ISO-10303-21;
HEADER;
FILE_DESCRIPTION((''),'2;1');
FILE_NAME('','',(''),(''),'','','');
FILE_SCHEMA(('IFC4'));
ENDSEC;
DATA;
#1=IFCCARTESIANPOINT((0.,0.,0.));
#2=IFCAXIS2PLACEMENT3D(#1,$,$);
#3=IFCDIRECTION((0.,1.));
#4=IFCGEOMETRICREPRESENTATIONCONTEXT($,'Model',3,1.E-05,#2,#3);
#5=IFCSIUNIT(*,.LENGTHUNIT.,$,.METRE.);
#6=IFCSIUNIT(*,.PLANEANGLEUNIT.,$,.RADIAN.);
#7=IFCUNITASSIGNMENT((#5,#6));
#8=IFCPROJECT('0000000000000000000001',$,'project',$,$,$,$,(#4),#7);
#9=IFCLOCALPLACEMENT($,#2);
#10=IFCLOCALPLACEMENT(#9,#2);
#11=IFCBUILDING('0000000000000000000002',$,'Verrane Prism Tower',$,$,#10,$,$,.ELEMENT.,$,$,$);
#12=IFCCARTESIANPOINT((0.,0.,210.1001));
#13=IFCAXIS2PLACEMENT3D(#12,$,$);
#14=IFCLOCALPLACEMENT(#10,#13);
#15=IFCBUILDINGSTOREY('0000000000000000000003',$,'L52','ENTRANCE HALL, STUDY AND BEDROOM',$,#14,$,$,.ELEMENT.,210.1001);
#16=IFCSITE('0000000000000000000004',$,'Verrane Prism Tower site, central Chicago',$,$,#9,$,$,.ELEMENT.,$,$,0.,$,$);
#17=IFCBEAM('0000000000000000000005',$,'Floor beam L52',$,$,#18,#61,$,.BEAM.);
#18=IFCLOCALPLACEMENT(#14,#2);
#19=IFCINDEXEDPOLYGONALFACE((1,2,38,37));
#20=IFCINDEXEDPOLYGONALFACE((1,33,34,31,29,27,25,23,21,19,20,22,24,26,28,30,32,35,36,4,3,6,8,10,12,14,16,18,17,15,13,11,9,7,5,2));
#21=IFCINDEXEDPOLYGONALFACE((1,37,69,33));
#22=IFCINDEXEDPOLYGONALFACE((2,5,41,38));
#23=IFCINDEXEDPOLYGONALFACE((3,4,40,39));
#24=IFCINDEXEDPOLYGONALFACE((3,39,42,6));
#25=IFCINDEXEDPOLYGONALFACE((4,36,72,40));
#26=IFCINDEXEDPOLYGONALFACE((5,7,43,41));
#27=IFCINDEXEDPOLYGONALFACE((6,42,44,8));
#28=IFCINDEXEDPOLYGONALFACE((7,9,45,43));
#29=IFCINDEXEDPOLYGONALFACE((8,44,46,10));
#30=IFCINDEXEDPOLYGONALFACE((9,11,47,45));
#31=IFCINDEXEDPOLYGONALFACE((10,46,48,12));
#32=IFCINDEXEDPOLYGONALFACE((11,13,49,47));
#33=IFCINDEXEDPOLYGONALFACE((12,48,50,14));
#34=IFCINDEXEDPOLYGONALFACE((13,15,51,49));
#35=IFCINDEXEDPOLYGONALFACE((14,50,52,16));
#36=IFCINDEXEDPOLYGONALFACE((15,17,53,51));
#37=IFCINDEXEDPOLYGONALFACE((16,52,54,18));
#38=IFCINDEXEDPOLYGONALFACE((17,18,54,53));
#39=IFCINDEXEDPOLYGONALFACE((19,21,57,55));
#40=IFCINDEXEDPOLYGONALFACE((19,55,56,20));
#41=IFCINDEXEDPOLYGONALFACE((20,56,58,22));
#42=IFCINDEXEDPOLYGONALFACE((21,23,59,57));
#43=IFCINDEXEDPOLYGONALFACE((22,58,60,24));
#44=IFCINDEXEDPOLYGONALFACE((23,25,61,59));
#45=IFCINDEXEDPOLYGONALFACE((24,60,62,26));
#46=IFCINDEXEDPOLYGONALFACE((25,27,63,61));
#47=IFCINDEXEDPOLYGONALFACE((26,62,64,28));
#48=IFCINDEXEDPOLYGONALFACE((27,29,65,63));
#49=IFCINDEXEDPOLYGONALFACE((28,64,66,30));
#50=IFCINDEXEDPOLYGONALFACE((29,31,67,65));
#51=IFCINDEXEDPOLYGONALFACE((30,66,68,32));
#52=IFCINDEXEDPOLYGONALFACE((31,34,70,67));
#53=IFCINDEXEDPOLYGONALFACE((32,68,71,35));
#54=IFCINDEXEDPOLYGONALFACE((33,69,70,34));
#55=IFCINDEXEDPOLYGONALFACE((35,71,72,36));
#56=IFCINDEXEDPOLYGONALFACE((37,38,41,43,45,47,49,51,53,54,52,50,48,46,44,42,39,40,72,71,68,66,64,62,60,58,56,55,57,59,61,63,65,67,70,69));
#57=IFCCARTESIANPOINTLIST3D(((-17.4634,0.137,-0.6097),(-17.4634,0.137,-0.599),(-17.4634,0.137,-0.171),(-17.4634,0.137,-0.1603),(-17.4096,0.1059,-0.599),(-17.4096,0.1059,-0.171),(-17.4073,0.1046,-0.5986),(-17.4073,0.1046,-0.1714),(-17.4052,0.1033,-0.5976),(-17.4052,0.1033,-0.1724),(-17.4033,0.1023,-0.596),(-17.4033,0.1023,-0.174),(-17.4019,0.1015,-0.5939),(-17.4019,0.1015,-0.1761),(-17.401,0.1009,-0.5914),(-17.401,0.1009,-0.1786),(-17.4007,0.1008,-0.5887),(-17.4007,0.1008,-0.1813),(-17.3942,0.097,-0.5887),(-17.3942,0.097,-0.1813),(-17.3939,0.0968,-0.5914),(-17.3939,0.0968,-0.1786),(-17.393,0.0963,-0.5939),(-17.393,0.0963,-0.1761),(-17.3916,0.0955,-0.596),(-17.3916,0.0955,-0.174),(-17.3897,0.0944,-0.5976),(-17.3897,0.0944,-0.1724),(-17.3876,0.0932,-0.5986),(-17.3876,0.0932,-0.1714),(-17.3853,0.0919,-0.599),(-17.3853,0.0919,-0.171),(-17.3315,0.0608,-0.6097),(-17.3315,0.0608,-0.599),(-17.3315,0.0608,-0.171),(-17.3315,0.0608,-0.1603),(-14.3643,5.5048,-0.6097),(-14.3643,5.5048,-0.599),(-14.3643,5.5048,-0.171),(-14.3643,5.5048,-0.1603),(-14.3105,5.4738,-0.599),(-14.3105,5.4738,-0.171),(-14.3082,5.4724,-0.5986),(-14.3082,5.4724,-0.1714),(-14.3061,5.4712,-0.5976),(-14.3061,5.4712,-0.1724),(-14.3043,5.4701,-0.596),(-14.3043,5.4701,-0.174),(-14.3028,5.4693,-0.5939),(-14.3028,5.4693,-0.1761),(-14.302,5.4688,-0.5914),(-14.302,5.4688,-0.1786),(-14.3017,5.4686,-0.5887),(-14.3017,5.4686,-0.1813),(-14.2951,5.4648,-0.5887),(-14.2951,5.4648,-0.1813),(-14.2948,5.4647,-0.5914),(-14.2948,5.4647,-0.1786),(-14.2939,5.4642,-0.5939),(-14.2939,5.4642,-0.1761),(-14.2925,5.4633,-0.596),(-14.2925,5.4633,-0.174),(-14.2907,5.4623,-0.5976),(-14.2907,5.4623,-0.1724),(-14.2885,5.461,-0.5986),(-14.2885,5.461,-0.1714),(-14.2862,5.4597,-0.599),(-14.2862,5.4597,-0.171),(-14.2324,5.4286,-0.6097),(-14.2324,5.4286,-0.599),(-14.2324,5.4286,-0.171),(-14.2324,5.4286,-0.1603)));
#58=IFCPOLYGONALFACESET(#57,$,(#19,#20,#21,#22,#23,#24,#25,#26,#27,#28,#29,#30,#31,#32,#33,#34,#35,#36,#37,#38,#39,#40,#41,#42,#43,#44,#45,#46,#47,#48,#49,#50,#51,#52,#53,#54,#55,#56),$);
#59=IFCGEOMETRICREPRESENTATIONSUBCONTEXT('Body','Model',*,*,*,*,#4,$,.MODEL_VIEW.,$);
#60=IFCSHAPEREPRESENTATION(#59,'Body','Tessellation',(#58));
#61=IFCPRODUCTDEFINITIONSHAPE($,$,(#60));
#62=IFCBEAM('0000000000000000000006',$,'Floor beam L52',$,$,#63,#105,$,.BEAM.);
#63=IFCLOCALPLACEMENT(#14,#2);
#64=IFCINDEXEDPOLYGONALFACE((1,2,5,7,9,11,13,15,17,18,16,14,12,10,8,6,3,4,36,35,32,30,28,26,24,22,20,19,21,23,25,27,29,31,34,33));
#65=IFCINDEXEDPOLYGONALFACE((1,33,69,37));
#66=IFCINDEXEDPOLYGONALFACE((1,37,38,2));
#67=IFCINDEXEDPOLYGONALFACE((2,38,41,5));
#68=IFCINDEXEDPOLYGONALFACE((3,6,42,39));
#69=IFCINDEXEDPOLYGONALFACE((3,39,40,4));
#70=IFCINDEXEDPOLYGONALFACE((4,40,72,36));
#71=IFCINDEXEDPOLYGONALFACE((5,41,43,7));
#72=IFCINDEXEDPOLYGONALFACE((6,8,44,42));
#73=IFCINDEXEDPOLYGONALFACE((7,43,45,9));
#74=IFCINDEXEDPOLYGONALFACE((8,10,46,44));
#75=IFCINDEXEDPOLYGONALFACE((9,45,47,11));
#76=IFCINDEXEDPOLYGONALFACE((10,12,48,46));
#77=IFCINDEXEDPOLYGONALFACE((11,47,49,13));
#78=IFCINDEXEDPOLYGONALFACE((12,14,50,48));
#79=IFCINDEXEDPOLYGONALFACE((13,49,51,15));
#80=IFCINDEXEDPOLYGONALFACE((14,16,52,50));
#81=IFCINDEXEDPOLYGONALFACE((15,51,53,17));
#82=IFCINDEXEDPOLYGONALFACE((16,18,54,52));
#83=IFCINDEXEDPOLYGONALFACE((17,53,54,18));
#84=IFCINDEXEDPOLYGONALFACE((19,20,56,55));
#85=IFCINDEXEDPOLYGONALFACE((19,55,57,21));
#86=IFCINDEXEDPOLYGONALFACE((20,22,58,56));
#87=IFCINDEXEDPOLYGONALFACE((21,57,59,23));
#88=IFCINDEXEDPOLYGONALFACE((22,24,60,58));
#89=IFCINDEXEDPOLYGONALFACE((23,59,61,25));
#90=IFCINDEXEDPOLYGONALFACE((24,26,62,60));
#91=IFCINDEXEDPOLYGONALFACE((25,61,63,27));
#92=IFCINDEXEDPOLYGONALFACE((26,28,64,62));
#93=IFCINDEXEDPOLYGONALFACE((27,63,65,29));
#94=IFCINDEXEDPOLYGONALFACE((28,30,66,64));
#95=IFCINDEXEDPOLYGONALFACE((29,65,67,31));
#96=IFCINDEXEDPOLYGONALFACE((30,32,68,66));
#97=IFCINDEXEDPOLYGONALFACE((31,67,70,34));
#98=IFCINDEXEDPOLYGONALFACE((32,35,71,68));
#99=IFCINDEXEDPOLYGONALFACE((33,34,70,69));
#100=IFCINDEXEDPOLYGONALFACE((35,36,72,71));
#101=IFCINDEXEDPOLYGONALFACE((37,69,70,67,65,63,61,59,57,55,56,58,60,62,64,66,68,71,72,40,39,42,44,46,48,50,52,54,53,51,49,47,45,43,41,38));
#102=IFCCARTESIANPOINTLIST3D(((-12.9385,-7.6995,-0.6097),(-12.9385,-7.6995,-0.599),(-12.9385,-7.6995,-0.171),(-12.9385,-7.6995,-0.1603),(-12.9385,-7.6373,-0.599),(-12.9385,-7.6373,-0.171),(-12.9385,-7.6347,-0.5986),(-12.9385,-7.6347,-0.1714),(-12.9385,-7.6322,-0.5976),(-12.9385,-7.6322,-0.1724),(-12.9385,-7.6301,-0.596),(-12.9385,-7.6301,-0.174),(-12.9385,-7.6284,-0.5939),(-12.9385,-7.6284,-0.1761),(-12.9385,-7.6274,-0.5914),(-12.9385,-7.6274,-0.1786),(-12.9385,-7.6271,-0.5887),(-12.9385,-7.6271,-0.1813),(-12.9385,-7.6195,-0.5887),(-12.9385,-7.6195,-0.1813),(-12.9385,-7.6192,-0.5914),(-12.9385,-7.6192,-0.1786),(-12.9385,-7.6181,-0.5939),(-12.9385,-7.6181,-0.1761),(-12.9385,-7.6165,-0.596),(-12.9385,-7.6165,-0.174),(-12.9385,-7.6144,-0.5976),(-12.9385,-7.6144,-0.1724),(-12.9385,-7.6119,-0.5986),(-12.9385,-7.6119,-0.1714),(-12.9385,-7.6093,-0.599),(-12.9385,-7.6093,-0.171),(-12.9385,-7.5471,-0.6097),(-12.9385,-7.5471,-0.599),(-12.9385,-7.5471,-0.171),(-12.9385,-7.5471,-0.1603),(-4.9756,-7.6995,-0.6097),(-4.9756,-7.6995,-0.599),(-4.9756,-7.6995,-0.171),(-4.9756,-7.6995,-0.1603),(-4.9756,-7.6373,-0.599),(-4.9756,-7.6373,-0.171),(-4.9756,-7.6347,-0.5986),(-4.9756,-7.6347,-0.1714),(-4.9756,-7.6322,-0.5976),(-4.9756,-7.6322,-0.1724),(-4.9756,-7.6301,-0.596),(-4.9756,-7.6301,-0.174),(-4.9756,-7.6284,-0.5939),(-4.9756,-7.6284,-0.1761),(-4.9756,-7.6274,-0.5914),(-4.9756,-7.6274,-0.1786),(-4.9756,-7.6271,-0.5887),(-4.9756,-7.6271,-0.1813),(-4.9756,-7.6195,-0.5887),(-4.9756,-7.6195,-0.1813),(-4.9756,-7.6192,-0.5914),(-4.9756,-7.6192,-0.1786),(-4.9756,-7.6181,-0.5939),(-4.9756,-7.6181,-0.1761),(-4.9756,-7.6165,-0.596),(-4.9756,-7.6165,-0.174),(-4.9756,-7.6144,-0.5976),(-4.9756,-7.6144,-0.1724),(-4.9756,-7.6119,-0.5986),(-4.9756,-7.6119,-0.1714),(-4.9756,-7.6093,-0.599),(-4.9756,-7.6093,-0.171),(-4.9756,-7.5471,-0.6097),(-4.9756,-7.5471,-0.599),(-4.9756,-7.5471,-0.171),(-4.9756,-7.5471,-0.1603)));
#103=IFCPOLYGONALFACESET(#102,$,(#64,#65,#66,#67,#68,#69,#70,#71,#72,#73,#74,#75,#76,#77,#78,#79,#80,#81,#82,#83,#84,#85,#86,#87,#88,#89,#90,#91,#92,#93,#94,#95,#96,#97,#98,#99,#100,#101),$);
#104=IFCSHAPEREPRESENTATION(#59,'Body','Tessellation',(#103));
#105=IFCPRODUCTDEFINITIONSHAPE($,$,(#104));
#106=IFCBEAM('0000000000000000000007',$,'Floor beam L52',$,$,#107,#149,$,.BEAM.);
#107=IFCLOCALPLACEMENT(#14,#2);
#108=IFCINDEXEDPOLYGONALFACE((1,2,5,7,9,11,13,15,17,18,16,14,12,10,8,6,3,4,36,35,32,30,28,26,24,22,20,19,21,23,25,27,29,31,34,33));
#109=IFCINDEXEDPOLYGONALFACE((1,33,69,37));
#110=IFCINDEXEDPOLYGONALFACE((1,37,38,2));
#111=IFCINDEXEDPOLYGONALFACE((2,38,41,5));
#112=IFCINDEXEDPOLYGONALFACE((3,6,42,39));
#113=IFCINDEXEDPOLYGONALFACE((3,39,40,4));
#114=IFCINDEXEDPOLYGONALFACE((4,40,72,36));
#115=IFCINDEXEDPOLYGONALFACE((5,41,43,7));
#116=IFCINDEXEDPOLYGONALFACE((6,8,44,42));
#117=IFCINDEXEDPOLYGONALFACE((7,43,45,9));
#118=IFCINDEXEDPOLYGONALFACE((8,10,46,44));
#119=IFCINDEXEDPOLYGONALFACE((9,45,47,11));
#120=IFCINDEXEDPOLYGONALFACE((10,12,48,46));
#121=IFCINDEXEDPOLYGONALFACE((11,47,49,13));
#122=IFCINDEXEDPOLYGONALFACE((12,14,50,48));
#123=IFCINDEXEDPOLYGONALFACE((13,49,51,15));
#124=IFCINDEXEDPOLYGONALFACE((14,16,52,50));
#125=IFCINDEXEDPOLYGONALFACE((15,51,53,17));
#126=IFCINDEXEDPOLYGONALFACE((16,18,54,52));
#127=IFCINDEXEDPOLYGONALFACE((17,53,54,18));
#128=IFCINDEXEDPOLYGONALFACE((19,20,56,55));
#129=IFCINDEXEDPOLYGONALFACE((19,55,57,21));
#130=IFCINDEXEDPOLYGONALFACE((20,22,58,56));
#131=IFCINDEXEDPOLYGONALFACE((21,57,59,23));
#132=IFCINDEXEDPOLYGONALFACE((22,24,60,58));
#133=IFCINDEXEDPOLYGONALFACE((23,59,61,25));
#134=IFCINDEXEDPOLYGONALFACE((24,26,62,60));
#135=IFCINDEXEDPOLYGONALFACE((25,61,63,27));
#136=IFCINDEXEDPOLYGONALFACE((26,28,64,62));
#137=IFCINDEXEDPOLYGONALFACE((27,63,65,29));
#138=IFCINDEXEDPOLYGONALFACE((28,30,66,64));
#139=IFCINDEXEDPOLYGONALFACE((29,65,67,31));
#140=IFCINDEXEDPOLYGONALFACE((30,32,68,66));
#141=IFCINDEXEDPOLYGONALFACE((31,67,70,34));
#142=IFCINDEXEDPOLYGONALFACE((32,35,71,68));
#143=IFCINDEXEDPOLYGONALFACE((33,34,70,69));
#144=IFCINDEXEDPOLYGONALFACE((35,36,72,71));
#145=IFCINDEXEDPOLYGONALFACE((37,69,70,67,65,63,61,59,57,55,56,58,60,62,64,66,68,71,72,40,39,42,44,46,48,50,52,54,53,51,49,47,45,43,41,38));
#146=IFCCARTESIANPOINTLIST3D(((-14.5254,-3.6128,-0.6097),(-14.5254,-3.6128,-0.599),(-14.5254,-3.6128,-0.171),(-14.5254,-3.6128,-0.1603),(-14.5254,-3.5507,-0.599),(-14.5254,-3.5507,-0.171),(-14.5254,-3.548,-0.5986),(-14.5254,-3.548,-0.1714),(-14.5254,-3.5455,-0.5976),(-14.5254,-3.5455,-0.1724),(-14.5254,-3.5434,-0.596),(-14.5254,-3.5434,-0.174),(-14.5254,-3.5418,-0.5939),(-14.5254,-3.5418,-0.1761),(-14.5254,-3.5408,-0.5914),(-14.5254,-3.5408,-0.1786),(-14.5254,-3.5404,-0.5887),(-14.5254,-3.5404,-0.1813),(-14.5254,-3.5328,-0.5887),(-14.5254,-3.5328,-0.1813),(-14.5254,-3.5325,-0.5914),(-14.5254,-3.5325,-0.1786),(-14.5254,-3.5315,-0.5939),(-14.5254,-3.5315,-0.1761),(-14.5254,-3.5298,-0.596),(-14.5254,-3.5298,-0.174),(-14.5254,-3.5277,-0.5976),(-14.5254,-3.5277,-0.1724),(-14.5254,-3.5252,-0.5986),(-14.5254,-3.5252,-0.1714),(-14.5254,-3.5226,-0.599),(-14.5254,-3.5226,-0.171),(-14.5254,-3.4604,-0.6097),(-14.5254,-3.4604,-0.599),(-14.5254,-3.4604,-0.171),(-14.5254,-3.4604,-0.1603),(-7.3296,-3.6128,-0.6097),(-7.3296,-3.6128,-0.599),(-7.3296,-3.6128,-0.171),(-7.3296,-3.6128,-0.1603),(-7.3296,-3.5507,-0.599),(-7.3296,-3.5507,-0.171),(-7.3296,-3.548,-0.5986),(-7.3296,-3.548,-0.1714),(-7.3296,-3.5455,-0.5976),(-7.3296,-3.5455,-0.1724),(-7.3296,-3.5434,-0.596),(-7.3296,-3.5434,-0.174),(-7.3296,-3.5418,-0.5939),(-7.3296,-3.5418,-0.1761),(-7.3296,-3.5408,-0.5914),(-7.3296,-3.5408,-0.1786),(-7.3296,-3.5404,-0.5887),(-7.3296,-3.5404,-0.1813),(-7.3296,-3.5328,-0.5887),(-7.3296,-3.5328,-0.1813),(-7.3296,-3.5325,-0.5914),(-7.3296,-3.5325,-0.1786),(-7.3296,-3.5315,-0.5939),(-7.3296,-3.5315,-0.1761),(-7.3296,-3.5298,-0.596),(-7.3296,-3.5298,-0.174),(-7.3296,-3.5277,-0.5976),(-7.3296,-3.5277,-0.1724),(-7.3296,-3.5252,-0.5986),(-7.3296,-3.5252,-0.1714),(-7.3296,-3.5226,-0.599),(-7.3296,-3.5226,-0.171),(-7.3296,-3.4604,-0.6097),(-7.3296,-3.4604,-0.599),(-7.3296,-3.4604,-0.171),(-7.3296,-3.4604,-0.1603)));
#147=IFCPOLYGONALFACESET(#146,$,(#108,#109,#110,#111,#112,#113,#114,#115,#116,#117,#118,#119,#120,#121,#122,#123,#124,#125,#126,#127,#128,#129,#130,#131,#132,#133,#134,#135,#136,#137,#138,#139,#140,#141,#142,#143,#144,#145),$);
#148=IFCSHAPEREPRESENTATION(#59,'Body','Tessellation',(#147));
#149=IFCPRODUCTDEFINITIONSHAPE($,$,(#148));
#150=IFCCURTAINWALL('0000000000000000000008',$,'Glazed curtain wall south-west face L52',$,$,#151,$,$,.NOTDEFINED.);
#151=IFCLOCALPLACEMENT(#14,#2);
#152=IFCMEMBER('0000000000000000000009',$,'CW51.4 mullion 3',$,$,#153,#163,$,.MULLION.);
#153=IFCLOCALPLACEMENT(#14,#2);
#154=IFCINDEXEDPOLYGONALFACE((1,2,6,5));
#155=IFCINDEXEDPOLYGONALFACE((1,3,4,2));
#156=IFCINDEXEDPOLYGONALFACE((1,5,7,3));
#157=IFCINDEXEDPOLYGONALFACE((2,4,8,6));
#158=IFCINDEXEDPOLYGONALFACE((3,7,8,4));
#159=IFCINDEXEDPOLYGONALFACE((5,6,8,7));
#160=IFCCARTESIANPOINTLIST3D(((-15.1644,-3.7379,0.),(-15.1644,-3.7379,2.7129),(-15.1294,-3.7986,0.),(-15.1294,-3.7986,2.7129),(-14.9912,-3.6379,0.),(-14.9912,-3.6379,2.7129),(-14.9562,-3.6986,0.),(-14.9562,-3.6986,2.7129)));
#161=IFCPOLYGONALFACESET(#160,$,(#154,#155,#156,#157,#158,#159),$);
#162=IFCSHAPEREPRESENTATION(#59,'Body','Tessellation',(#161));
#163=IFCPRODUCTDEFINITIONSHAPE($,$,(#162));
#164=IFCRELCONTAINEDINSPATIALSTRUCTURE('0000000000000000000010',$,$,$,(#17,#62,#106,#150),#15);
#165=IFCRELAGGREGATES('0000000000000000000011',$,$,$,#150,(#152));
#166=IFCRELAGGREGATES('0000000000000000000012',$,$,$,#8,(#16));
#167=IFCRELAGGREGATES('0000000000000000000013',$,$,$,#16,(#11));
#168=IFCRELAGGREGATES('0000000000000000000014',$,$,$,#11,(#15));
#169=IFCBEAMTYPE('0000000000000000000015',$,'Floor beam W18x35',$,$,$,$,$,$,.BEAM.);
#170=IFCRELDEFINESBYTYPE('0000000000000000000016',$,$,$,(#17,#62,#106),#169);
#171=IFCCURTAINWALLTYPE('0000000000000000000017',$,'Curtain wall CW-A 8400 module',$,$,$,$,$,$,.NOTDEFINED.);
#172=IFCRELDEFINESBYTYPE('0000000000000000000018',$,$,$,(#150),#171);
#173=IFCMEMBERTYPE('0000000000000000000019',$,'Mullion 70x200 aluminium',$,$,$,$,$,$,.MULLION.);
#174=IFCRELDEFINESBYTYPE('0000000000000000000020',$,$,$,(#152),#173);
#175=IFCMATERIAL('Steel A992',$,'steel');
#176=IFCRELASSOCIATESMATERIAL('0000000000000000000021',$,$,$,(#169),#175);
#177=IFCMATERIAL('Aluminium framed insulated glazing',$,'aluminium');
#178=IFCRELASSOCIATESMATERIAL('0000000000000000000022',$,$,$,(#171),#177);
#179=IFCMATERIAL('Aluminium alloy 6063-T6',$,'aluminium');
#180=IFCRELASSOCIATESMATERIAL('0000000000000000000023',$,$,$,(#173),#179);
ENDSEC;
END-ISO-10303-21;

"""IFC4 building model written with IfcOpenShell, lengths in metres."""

from ifc_helpers import new_model, si_unit, direction, frame, origin, origin_2d, place, context, subcontext, project, spatial, rectangle, i_section, extrude, material, material_profile, profile_set, type_object, element, aggregate, save


model = new_model("IFC4")

# Units and contexts
model_context = context("Model", 3, precision=1e-05, world=origin(), true_north=direction((0.0, 1.0)))
body_context = subcontext(model_context, "Body", "Model", "MODEL_VIEW")
ifc_project = project(units=[si_unit("LENGTHUNIT", "METRE"), si_unit("PLANEANGLEUNIT", "RADIAN")], contexts=[model_context])

# Site, building, storey
site_placement = place(None, origin())
site = spatial("IfcSite", under=ifc_project, at=site_placement, Name="Verrane Prism Tower site, central Chicago", CompositionType="ELEMENT", RefElevation=0.0)
building_placement = place(site_placement, origin())
building = spatial("IfcBuilding", under=site, at=building_placement, Name="Verrane Prism Tower", CompositionType="ELEMENT")
storey_placement = place(building_placement, frame((0.0, 0.0, 210.1001)))
storey = spatial("IfcBuildingStorey", under=building, at=storey_placement, Name="L52", Description="ENTRANCE HALL, STUDY AND BEDROOM", CompositionType="ELEMENT", Elevation=210.1001)

# Beams
ifc_material_1 = material(Name="Steel A992", Category="steel")
ifc_material_profile_1 = material_profile(ifc_material_1, i_section(OverallWidth=0.1523, OverallDepth=0.4495, WebThickness=0.0076, FlangeThickness=0.0107, FilletRadius=0.0103, at=origin_2d()), Name="W18x35")
ifc_profile_set_1 = profile_set([ifc_material_profile_1], Name="Steel A992")
beam_type_1 = type_object("IfcBeamType", Name="Floor beam W18x35", PredefinedType="BEAM", material=ifc_profile_set_1)
beam_1_placement = place(storey_placement, frame((-17.3975, 0.0989, -0.385), z_axis=(0.499994, 0.866029, 0.0), x_axis=(-0.866029, 0.499994, 0.0)))
element("IfcBeam", 1, at=beam_1_placement, inside=storey, type_object=beam_type_1, Name="Floor beam L52", PredefinedType="BEAM", context=body_context, shape_type="SweptSolid", body=[
    extrude(i_section(OverallWidth=0.1523, OverallDepth=0.4495, WebThickness=0.0076, FlangeThickness=0.0107, FilletRadius=0.0103, at=origin_2d()), origin(), (0.0, 0.0, 1.0), 6.1982),
])
beam_2_placement = place(storey_placement, frame((-12.9385, -7.6233, -0.385), z_axis=(1.0, 0.0, 0.0), x_axis=(0.0, 1.0, 0.0)))
element("IfcBeam", 2, at=beam_2_placement, inside=storey, type_object=beam_type_1, Name="Floor beam L52", PredefinedType="BEAM", context=body_context, shape_type="SweptSolid", body=[
    extrude(i_section(OverallWidth=0.1523, OverallDepth=0.4495, WebThickness=0.0076, FlangeThickness=0.0107, FilletRadius=0.0103, at=origin_2d()), origin(), (0.0, 0.0, 1.0), 7.9629),
])
beam_3_placement = place(storey_placement, frame((-14.5254, -3.5366, -0.385), z_axis=(1.0, 0.0, 0.0), x_axis=(0.0, 1.0, 0.0)))
element("IfcBeam", 3, at=beam_3_placement, inside=storey, type_object=beam_type_1, Name="Floor beam L52", PredefinedType="BEAM", context=body_context, shape_type="SweptSolid", body=[
    extrude(i_section(OverallWidth=0.1523, OverallDepth=0.4495, WebThickness=0.0076, FlangeThickness=0.0107, FilletRadius=0.0103, at=origin_2d()), origin(), (0.0, 0.0, 1.0), 7.1958),
])

# Curtain wall, member
ifc_material_2 = material(Name="Aluminium framed insulated glazing", Category="aluminium")
curtain_wall_type = type_object("IfcCurtainWallType", Name="Curtain wall CW-A 8400 module", PredefinedType="NOTDEFINED", material=ifc_material_2)
curtain_wall_placement = place(storey_placement, origin())
curtain_wall = element("IfcCurtainWall", 4, at=curtain_wall_placement, inside=storey, type_object=curtain_wall_type, Name="Glazed curtain wall south-west face L52", PredefinedType="NOTDEFINED")
ifc_material_3 = material(Name="Aluminium alloy 6063-T6", Category="aluminium")
ifc_material_profile_2 = material_profile(ifc_material_3, rectangle(XDim=0.2, YDim=0.0701, at=origin_2d()), Name="Mullion 70x200 aluminium")
ifc_profile_set_2 = profile_set([ifc_material_profile_2], Name="Aluminium alloy 6063-T6")
member_type_1 = type_object("IfcMemberType", Name="Mullion 70x200 aluminium", PredefinedType="MULLION", material=ifc_profile_set_2)
member_1_placement = place(storey_placement, frame((-15.0603, -3.7183, 0.0), z_axis=(0.0, 0.0, 1.0), x_axis=(0.866026, 0.499999, 0.0)))
member_1 = element("IfcMember", 5, at=member_1_placement, type_object=member_type_1, Name="CW51.4 mullion 3", PredefinedType="MULLION", context=body_context, shape_type="SweptSolid", body=[
    extrude(rectangle(XDim=0.2, YDim=0.0701, at=origin_2d()), origin(), (0.0, 0.0, 1.0), 2.7129),
])

aggregate(curtain_wall, [member_1])

save(model, "model.ifc")
